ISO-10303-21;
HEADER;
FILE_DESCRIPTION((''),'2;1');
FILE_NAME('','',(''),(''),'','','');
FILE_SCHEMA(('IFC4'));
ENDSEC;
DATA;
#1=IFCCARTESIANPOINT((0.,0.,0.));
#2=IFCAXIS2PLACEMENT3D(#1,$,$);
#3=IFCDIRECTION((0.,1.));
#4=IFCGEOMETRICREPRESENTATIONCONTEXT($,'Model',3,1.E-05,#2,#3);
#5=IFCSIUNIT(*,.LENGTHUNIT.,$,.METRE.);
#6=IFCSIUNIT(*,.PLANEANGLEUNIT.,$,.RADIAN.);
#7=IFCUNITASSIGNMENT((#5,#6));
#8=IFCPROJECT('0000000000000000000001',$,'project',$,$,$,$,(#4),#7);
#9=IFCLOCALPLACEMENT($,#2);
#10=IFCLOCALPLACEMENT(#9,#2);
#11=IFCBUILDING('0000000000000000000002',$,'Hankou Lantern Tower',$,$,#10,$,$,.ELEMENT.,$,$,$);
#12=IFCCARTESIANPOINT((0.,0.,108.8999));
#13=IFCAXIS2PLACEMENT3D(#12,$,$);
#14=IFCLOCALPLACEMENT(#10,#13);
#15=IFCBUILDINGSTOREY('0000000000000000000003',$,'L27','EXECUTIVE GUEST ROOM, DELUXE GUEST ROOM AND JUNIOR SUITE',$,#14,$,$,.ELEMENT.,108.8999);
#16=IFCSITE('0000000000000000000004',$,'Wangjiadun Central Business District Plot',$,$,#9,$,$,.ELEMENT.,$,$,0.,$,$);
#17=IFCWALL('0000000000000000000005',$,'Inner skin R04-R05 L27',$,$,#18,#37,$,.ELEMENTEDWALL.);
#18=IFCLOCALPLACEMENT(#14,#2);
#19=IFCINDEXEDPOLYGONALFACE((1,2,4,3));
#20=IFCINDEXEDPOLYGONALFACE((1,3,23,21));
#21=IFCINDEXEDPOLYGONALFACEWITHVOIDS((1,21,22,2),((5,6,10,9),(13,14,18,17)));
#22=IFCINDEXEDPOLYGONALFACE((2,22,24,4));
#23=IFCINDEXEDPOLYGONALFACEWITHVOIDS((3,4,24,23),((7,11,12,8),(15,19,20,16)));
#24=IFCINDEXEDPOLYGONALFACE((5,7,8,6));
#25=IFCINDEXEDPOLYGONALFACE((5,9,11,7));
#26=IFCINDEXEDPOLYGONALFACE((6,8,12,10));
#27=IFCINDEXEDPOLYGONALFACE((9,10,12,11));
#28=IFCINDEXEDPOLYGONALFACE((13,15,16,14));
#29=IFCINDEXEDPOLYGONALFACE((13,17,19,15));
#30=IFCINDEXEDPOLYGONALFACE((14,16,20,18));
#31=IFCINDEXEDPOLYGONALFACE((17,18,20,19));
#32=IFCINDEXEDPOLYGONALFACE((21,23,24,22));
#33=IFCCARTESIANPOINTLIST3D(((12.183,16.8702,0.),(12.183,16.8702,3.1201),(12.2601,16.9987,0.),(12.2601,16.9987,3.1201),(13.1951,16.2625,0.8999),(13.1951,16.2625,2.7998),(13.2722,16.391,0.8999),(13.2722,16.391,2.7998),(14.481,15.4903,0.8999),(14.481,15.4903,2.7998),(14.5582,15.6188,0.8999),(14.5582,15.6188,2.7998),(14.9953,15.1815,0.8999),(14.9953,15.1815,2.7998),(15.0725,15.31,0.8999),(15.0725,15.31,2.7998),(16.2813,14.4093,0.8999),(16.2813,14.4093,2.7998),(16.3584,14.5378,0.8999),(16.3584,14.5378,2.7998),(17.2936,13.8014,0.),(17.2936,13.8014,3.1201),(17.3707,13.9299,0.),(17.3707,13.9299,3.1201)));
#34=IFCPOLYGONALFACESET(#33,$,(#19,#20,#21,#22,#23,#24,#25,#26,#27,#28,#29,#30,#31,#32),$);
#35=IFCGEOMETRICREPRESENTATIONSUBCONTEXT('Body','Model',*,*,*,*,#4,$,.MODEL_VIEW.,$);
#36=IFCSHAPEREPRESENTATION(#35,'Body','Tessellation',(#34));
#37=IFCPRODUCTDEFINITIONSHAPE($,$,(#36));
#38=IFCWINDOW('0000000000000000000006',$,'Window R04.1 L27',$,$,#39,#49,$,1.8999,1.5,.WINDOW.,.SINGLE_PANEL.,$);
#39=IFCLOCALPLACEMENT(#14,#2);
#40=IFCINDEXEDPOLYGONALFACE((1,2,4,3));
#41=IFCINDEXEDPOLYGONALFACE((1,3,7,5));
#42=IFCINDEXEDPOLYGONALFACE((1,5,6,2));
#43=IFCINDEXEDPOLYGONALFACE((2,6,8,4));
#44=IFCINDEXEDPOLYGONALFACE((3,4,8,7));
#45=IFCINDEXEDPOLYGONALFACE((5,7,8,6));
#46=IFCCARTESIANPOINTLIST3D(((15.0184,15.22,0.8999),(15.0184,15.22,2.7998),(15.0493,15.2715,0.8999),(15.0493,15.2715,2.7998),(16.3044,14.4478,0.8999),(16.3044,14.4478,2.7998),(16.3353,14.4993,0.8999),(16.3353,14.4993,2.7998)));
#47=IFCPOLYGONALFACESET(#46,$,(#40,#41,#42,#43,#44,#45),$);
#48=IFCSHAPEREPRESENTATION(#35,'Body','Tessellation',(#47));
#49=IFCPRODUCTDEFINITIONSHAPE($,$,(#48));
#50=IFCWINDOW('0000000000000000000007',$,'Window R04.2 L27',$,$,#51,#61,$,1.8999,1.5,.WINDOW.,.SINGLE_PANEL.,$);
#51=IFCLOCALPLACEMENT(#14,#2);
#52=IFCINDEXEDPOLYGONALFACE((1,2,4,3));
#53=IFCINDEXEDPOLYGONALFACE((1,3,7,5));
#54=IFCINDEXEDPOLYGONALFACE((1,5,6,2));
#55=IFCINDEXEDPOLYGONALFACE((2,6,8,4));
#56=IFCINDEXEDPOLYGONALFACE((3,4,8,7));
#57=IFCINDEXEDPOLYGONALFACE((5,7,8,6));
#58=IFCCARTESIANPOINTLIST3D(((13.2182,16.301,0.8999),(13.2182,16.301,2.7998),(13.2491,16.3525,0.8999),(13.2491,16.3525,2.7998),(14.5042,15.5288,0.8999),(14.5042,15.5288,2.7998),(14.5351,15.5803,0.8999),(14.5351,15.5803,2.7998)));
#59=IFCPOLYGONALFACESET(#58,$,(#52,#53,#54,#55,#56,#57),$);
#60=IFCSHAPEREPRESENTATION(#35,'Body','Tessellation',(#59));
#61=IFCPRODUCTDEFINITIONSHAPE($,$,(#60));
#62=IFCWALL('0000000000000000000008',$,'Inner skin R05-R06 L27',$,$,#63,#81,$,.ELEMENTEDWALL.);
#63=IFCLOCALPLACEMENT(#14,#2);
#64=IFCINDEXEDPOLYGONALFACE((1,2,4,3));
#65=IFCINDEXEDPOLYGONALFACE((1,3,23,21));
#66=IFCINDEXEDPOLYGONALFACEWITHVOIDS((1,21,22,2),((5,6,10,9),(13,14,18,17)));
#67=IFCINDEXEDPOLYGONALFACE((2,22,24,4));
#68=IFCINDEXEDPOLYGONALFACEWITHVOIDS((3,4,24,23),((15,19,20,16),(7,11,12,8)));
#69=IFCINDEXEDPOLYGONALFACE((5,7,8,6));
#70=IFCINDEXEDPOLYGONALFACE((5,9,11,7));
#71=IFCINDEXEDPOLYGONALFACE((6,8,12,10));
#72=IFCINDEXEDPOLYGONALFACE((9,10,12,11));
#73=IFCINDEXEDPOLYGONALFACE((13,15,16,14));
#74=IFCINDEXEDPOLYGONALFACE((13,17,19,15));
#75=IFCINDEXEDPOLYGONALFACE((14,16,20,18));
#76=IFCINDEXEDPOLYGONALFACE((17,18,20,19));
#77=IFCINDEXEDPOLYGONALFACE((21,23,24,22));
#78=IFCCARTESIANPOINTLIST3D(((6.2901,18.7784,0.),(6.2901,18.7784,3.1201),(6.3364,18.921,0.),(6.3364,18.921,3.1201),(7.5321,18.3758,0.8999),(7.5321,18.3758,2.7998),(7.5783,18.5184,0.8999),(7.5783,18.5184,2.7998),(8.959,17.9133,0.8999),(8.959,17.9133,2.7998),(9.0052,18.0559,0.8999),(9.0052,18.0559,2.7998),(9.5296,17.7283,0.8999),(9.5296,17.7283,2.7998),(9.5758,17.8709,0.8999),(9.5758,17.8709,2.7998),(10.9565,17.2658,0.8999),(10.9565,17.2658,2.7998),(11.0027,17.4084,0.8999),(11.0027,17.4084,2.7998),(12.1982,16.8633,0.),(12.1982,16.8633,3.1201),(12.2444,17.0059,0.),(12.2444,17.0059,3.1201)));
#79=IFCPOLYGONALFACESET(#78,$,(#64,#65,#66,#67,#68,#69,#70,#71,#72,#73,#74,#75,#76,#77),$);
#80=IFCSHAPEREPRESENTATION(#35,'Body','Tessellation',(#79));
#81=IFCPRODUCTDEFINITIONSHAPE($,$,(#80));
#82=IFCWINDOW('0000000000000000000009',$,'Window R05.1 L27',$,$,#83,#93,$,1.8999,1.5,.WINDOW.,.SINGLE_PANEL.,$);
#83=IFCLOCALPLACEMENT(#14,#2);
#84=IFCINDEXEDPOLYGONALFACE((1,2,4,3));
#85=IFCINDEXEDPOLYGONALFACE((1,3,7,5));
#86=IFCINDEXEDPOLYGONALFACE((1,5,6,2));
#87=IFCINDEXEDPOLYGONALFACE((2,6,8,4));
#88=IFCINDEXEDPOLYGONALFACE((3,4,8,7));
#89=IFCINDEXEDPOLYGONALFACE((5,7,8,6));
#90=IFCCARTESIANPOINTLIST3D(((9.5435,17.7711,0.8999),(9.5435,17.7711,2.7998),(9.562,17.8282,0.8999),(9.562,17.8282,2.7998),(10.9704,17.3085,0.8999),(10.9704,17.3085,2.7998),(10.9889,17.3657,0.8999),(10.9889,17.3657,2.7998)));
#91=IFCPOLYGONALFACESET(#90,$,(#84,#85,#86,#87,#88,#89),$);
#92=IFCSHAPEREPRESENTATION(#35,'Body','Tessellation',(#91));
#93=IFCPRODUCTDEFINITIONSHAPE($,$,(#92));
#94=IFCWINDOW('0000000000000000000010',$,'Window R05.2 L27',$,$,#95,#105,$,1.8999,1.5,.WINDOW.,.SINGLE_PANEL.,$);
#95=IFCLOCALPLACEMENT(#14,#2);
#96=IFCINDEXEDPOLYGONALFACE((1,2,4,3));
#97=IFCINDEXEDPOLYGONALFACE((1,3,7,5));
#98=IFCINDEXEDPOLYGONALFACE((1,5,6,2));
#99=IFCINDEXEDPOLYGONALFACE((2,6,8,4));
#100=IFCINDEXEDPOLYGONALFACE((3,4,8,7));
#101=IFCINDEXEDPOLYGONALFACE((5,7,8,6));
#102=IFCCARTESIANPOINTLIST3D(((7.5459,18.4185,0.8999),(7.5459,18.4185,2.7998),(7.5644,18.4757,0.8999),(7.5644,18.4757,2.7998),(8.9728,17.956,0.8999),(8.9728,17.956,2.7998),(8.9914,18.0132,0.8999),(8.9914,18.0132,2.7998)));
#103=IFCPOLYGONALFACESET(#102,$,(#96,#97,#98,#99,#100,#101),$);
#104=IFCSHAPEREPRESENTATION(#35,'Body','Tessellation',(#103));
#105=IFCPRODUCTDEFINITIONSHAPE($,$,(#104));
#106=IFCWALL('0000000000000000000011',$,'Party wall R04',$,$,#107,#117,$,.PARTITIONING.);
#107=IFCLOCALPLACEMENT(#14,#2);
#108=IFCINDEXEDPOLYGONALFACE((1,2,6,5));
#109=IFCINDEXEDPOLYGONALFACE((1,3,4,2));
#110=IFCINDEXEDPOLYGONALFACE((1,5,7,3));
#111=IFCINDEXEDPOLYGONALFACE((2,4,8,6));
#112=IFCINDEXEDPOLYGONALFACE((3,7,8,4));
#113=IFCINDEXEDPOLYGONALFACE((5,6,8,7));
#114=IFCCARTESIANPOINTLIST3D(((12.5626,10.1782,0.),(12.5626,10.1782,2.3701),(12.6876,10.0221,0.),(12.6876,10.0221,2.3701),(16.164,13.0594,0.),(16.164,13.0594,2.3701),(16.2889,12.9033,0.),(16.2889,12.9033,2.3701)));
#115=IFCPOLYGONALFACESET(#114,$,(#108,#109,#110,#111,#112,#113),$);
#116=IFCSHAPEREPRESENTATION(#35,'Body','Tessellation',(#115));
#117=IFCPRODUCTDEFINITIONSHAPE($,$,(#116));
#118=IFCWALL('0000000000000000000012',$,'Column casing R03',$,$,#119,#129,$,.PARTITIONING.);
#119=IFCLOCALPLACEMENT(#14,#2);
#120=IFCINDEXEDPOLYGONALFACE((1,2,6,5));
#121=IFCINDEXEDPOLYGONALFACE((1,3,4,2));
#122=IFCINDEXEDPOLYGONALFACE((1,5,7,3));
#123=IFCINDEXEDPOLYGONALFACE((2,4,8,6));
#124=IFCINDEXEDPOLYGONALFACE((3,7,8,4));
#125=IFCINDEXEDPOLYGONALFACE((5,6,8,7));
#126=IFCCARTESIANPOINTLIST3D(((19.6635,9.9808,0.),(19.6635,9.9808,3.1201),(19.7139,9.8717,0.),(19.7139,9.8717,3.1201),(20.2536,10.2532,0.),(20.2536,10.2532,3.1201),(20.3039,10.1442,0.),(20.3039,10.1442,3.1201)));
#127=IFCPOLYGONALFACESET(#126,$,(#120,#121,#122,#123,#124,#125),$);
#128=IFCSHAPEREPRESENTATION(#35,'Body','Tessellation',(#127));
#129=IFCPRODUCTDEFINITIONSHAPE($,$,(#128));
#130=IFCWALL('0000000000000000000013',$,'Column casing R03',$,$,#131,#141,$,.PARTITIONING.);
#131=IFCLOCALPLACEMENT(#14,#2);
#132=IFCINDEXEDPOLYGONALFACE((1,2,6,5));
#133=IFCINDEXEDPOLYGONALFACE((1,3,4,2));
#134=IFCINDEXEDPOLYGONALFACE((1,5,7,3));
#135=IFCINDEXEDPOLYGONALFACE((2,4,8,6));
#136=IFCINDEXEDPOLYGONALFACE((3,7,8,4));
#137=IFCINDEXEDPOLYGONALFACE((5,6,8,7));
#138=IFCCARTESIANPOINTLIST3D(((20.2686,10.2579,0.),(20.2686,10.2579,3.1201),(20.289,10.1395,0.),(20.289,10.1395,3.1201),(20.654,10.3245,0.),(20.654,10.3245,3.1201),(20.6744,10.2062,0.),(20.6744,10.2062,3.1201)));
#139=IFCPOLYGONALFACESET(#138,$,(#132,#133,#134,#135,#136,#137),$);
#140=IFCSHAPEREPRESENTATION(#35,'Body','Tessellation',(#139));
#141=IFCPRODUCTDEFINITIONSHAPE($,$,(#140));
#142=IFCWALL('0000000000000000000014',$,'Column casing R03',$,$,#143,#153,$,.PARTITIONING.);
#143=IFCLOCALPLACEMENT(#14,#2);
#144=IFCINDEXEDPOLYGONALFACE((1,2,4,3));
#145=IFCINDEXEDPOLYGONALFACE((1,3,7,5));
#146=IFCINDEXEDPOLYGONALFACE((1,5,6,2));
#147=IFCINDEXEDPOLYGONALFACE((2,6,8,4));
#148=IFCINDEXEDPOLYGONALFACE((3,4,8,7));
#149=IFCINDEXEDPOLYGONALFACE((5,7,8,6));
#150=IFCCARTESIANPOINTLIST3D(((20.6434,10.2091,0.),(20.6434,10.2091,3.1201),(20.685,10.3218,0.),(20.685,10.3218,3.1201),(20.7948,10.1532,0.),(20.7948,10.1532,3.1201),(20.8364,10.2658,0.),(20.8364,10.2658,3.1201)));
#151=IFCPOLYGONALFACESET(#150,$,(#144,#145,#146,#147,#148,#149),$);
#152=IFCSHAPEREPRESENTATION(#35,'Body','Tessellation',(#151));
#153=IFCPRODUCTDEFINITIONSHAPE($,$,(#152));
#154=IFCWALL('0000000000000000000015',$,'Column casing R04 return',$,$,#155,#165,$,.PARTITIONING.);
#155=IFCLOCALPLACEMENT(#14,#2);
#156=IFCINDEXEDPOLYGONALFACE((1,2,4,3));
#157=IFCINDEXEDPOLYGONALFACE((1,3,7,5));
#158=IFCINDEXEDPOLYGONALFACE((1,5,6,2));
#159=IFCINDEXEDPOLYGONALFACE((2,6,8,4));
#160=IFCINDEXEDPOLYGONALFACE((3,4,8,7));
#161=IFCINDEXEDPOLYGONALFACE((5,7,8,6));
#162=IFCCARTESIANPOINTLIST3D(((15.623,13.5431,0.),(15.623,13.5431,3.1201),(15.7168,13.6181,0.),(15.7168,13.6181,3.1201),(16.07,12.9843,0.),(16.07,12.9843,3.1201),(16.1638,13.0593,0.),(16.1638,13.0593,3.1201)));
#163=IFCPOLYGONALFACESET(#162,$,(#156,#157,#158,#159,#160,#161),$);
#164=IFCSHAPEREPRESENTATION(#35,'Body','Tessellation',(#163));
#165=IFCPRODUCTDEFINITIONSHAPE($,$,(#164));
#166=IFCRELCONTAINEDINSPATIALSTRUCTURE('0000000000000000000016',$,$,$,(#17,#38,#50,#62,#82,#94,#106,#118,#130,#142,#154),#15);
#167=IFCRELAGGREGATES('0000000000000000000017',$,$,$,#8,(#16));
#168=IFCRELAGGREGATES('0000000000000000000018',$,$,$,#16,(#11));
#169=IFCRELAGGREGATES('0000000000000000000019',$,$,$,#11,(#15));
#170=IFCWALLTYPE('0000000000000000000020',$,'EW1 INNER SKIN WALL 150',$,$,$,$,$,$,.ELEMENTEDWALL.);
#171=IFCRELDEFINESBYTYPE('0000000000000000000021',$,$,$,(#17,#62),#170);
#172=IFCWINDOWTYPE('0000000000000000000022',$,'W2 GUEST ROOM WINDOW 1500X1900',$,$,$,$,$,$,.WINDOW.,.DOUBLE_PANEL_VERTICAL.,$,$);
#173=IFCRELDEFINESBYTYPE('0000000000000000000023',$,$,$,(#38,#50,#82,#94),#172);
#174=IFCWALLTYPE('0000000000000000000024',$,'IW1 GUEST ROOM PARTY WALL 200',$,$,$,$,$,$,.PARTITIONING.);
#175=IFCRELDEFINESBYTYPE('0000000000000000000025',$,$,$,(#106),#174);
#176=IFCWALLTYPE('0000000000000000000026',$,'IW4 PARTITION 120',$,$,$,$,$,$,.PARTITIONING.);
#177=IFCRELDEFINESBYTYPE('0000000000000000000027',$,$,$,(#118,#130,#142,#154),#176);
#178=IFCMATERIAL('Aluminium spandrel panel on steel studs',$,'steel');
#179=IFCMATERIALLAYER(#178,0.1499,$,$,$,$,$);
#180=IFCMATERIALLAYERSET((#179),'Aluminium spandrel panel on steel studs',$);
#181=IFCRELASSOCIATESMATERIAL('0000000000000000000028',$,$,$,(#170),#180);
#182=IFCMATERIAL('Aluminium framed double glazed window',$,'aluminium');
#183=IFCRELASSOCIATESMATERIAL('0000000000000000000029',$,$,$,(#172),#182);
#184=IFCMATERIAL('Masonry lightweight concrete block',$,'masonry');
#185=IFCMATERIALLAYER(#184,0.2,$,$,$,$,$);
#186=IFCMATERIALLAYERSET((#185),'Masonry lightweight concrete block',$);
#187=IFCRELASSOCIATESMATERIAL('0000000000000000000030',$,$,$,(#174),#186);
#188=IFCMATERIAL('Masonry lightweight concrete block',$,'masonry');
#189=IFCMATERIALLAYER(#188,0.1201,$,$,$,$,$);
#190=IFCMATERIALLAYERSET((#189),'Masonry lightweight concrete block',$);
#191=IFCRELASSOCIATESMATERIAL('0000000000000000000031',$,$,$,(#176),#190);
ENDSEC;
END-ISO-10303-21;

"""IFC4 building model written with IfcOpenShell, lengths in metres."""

from ifc_helpers import new_model, si_unit, direction, frame, frame_2d, origin, place, context, subcontext, project, spatial, rectangle, extrude, material, layer, layer_set, type_object, element, fill, save


model = new_model("IFC4")

# Units and contexts
model_context = context("Model", 3, precision=1e-05, world=origin(), true_north=direction((0.0, 1.0)))
body_context = subcontext(model_context, "Body", "Model", "MODEL_VIEW")
ifc_project = project(units=[si_unit("LENGTHUNIT", "METRE"), si_unit("PLANEANGLEUNIT", "RADIAN")], contexts=[model_context])

# Site, building, storey
site_placement = place(None, origin())
site = spatial("IfcSite", under=ifc_project, at=site_placement, Name="Wangjiadun Central Business District Plot", CompositionType="ELEMENT", RefElevation=0.0)
building_placement = place(site_placement, origin())
building = spatial("IfcBuilding", under=site, at=building_placement, Name="Hankou Lantern Tower", CompositionType="ELEMENT")
storey_placement = place(building_placement, frame((0.0, 0.0, 108.8999)))
storey = spatial("IfcBuildingStorey", under=building, at=storey_placement, Name="L27", Description="EXECUTIVE GUEST ROOM, DELUXE GUEST ROOM AND JUNIOR SUITE", CompositionType="ELEMENT", Elevation=108.8999)

# Walls, openings, windows
ifc_material_1 = material(Name="Aluminium spandrel panel on steel studs", Category="steel")
ifc_layer_1 = layer(ifc_material_1, 0.1499)
ifc_layer_set_1 = layer_set([ifc_layer_1], Name="Aluminium spandrel panel on steel studs")
wall_type_1 = type_object("IfcWallType", Name="EW1 INNER SKIN WALL 150", PredefinedType="ELEMENTEDWALL", material=ifc_layer_set_1)
ifc_material_2 = material(Name="Aluminium framed double glazed window", Category="aluminium")
window_type = type_object("IfcWindowType", Name="W2 GUEST ROOM WINDOW 1500X1900", PartitioningType="DOUBLE_PANEL_VERTICAL", PredefinedType="WINDOW", material=ifc_material_2)
wall_1_placement = place(storey_placement, frame((17.332, 13.8657, 0.0), z_axis=(0.0, 0.0, 1.0), x_axis=(-0.857309, 0.514803, 0.0)))
wall_1 = element("IfcWall", 1, at=wall_1_placement, inside=storey, type_object=wall_type_1, Name="Inner skin R04-R05 L27", PredefinedType="ELEMENTEDWALL", context=body_context, shape_type="SweptSolid", body=[
    extrude(rectangle(XDim=5.9612, YDim=0.1499, at=frame_2d((2.9805, 0.0))), origin(), (0.0, 0.0, 1.0), 3.1201),
])
opening_1_placement = place(wall_1_placement, frame((1.1807, 0.0, 0.8999)))
opening_1 = element("IfcOpeningElement", 2, at=opening_1_placement, cuts=wall_1, PredefinedType="OPENING", context=body_context, shape_type="SweptSolid", body=[
    extrude(rectangle(XDim=1.5, YDim=1.8999, at=frame_2d((0.75, 0.95))), frame((0.0, 0.085, 0.0), z_axis=(0.0, -1.0, 0.0), x_axis=(1.0, 0.0, 0.0)), (0.0, 0.0, 1.0), 0.1699),
])
opening_2_placement = place(wall_1_placement, frame((3.2805, 0.0, 0.8999)))
opening_2 = element("IfcOpeningElement", 3, at=opening_2_placement, cuts=wall_1, PredefinedType="OPENING", context=body_context, shape_type="SweptSolid", body=[
    extrude(rectangle(XDim=1.5, YDim=1.8999, at=frame_2d((0.75, 0.95))), frame((0.0, 0.085, 0.0), z_axis=(0.0, -1.0, 0.0), x_axis=(1.0, 0.0, 0.0)), (0.0, 0.0, 1.0), 0.1699),
])
window_1_placement = place(opening_1_placement, origin())
window_1 = element("IfcWindow", 4, at=window_1_placement, inside=storey, type_object=window_type, Name="Window R04.1 L27", OverallHeight=1.8999, OverallWidth=1.5, PartitioningType="SINGLE_PANEL", PredefinedType="WINDOW", context=body_context, shape_type="SweptSolid", body=[
    extrude(rectangle(XDim=1.5, YDim=1.8999, at=frame_2d((0.75, 0.95))), frame((0.0, 0.03, 0.0), z_axis=(0.0, -1.0, 0.0), x_axis=(1.0, 0.0, 0.0)), (0.0, 0.0, 1.0), 0.0601),
])
fill(opening_1, window_1)
window_2_placement = place(opening_2_placement, origin())
window_2 = element("IfcWindow", 5, at=window_2_placement, inside=storey, type_object=window_type, Name="Window R04.2 L27", OverallHeight=1.8999, OverallWidth=1.5, PartitioningType="SINGLE_PANEL", PredefinedType="WINDOW", context=body_context, shape_type="SweptSolid", body=[
    extrude(rectangle(XDim=1.5, YDim=1.8999, at=frame_2d((0.75, 0.95))), frame((0.0, 0.03, 0.0), z_axis=(0.0, -1.0, 0.0), x_axis=(1.0, 0.0, 0.0)), (0.0, 0.0, 1.0), 0.0601),
])
fill(opening_2, window_2)
wall_2_placement = place(storey_placement, frame((12.2214, 16.9346, 0.0), z_axis=(0.0, 0.0, 1.0), x_axis=(-0.951273, 0.308351, 0.0)))
wall_2 = element("IfcWall", 6, at=wall_2_placement, inside=storey, type_object=wall_type_1, Name="Inner skin R05-R06 L27", PredefinedType="ELEMENTEDWALL", context=body_context, shape_type="SweptSolid", body=[
    extrude(rectangle(XDim=6.2107, YDim=0.1499, at=frame_2d((3.1055, 0.0))), origin(), (0.0, 0.0, 1.0), 3.1201),
])
opening_3_placement = place(wall_2_placement, frame((1.3054, 0.0, 0.8999)))
opening_3 = element("IfcOpeningElement", 7, at=opening_3_placement, cuts=wall_2, PredefinedType="OPENING", context=body_context, shape_type="SweptSolid", body=[
    extrude(rectangle(XDim=1.5, YDim=1.8999, at=frame_2d((0.75, 0.95))), frame((0.0, 0.085, 0.0), z_axis=(0.0, -1.0, 0.0), x_axis=(1.0, 0.0, 0.0)), (0.0, 0.0, 1.0), 0.1699),
])
opening_4_placement = place(wall_2_placement, frame((3.4053, 0.0, 0.8999)))
opening_4 = element("IfcOpeningElement", 8, at=opening_4_placement, cuts=wall_2, PredefinedType="OPENING", context=body_context, shape_type="SweptSolid", body=[
    extrude(rectangle(XDim=1.5, YDim=1.8999, at=frame_2d((0.75, 0.95))), frame((0.0, 0.085, 0.0), z_axis=(0.0, -1.0, 0.0), x_axis=(1.0, 0.0, 0.0)), (0.0, 0.0, 1.0), 0.1699),
])
window_3_placement = place(opening_3_placement, origin())
window_3 = element("IfcWindow", 9, at=window_3_placement, inside=storey, type_object=window_type, Name="Window R05.1 L27", OverallHeight=1.8999, OverallWidth=1.5, PartitioningType="SINGLE_PANEL", PredefinedType="WINDOW", context=body_context, shape_type="SweptSolid", body=[
    extrude(rectangle(XDim=1.5, YDim=1.8999, at=frame_2d((0.75, 0.95))), frame((0.0, 0.03, 0.0), z_axis=(0.0, -1.0, 0.0), x_axis=(1.0, 0.0, 0.0)), (0.0, 0.0, 1.0), 0.0601),
])
fill(opening_3, window_3)
window_4_placement = place(opening_4_placement, origin())
window_4 = element("IfcWindow", 10, at=window_4_placement, inside=storey, type_object=window_type, Name="Window R05.2 L27", OverallHeight=1.8999, OverallWidth=1.5, PartitioningType="SINGLE_PANEL", PredefinedType="WINDOW", context=body_context, shape_type="SweptSolid", body=[
    extrude(rectangle(XDim=1.5, YDim=1.8999, at=frame_2d((0.75, 0.95))), frame((0.0, 0.03, 0.0), z_axis=(0.0, -1.0, 0.0), x_axis=(1.0, 0.0, 0.0)), (0.0, 0.0, 1.0), 0.0601),
])
fill(opening_4, window_4)

# Walls
ifc_material_3 = material(Name="Masonry lightweight concrete block", Category="masonry")
ifc_layer_2 = layer(ifc_material_3, 0.2)
ifc_layer_set_2 = layer_set([ifc_layer_2], Name="Masonry lightweight concrete block")
wall_type_2 = type_object("IfcWallType", Name="IW1 GUEST ROOM PARTY WALL 200", PredefinedType="PARTITIONING", material=ifc_layer_set_2)
wall_3_placement = place(storey_placement, frame((12.625, 10.1001, 0.0), z_axis=(0.0, 0.0, 1.0), x_axis=(0.780864, 0.624702, 0.0)))
element("IfcWall", 11, at=wall_3_placement, inside=storey, type_object=wall_type_2, Name="Party wall R04", PredefinedType="PARTITIONING", context=body_context, shape_type="SweptSolid", body=[
    extrude(rectangle(XDim=4.6121, YDim=0.2, at=frame_2d((2.3062, 0.0))), origin(), (0.0, 0.0, 1.0), 2.3701),
])
ifc_material_4 = material(Name="Masonry lightweight concrete block", Category="masonry")
ifc_layer_3 = layer(ifc_material_4, 0.1201)
ifc_layer_set_3 = layer_set([ifc_layer_3], Name="Masonry lightweight concrete block")
wall_type_3 = type_object("IfcWallType", Name="IW4 PARTITION 120", PredefinedType="PARTITIONING", material=ifc_layer_set_3)
wall_4_placement = place(storey_placement, frame((19.6887, 9.9263, 0.0), z_axis=(0.0, 0.0, 1.0), x_axis=(0.907893, 0.419201, 0.0)))
element("IfcWall", 12, at=wall_4_placement, inside=storey, type_object=wall_type_3, Name="Column casing R03", PredefinedType="PARTITIONING", context=body_context, shape_type="SweptSolid", body=[
    extrude(rectangle(XDim=0.6499, YDim=0.1201, at=frame_2d((0.325, 0.0))), origin(), (0.0, 0.0, 1.0), 3.1201),
])
wall_5_placement = place(storey_placement, frame((20.2788, 10.1987, 0.0), z_axis=(0.0, 0.0, 1.0), x_axis=(0.985381, 0.170367, 0.0)))
element("IfcWall", 13, at=wall_5_placement, inside=storey, type_object=wall_type_3, Name="Column casing R03", PredefinedType="PARTITIONING", context=body_context, shape_type="SweptSolid", body=[
    extrude(rectangle(XDim=0.3911, YDim=0.1201, at=frame_2d((0.1956, 0.0))), origin(), (0.0, 0.0, 1.0), 3.1201),
])
wall_6_placement = place(storey_placement, frame((20.6643, 10.2654, 0.0), z_axis=(0.0, 0.0, 1.0), x_axis=(0.938059, -0.346477, 0.0)))
element("IfcWall", 14, at=wall_6_placement, inside=storey, type_object=wall_type_3, Name="Column casing R03", PredefinedType="PARTITIONING", context=body_context, shape_type="SweptSolid", body=[
    extrude(rectangle(XDim=0.1614, YDim=0.1201, at=frame_2d((0.0806, 0.0))), origin(), (0.0, 0.0, 1.0), 3.1201),
])
wall_7_placement = place(storey_placement, frame((16.1169, 13.0217, 0.0), z_axis=(0.0, 0.0, 1.0), x_axis=(-0.624653, 0.780902, 0.0)))
element("IfcWall", 15, at=wall_7_placement, inside=storey, type_object=wall_type_3, Name="Column casing R04 return", PredefinedType="PARTITIONING", context=body_context, shape_type="SweptSolid", body=[
    extrude(rectangle(XDim=0.7156, YDim=0.1201, at=frame_2d((0.3579, 0.0))), origin(), (0.0, 0.0, 1.0), 3.1201),
])

save(model, "model.ifc")
